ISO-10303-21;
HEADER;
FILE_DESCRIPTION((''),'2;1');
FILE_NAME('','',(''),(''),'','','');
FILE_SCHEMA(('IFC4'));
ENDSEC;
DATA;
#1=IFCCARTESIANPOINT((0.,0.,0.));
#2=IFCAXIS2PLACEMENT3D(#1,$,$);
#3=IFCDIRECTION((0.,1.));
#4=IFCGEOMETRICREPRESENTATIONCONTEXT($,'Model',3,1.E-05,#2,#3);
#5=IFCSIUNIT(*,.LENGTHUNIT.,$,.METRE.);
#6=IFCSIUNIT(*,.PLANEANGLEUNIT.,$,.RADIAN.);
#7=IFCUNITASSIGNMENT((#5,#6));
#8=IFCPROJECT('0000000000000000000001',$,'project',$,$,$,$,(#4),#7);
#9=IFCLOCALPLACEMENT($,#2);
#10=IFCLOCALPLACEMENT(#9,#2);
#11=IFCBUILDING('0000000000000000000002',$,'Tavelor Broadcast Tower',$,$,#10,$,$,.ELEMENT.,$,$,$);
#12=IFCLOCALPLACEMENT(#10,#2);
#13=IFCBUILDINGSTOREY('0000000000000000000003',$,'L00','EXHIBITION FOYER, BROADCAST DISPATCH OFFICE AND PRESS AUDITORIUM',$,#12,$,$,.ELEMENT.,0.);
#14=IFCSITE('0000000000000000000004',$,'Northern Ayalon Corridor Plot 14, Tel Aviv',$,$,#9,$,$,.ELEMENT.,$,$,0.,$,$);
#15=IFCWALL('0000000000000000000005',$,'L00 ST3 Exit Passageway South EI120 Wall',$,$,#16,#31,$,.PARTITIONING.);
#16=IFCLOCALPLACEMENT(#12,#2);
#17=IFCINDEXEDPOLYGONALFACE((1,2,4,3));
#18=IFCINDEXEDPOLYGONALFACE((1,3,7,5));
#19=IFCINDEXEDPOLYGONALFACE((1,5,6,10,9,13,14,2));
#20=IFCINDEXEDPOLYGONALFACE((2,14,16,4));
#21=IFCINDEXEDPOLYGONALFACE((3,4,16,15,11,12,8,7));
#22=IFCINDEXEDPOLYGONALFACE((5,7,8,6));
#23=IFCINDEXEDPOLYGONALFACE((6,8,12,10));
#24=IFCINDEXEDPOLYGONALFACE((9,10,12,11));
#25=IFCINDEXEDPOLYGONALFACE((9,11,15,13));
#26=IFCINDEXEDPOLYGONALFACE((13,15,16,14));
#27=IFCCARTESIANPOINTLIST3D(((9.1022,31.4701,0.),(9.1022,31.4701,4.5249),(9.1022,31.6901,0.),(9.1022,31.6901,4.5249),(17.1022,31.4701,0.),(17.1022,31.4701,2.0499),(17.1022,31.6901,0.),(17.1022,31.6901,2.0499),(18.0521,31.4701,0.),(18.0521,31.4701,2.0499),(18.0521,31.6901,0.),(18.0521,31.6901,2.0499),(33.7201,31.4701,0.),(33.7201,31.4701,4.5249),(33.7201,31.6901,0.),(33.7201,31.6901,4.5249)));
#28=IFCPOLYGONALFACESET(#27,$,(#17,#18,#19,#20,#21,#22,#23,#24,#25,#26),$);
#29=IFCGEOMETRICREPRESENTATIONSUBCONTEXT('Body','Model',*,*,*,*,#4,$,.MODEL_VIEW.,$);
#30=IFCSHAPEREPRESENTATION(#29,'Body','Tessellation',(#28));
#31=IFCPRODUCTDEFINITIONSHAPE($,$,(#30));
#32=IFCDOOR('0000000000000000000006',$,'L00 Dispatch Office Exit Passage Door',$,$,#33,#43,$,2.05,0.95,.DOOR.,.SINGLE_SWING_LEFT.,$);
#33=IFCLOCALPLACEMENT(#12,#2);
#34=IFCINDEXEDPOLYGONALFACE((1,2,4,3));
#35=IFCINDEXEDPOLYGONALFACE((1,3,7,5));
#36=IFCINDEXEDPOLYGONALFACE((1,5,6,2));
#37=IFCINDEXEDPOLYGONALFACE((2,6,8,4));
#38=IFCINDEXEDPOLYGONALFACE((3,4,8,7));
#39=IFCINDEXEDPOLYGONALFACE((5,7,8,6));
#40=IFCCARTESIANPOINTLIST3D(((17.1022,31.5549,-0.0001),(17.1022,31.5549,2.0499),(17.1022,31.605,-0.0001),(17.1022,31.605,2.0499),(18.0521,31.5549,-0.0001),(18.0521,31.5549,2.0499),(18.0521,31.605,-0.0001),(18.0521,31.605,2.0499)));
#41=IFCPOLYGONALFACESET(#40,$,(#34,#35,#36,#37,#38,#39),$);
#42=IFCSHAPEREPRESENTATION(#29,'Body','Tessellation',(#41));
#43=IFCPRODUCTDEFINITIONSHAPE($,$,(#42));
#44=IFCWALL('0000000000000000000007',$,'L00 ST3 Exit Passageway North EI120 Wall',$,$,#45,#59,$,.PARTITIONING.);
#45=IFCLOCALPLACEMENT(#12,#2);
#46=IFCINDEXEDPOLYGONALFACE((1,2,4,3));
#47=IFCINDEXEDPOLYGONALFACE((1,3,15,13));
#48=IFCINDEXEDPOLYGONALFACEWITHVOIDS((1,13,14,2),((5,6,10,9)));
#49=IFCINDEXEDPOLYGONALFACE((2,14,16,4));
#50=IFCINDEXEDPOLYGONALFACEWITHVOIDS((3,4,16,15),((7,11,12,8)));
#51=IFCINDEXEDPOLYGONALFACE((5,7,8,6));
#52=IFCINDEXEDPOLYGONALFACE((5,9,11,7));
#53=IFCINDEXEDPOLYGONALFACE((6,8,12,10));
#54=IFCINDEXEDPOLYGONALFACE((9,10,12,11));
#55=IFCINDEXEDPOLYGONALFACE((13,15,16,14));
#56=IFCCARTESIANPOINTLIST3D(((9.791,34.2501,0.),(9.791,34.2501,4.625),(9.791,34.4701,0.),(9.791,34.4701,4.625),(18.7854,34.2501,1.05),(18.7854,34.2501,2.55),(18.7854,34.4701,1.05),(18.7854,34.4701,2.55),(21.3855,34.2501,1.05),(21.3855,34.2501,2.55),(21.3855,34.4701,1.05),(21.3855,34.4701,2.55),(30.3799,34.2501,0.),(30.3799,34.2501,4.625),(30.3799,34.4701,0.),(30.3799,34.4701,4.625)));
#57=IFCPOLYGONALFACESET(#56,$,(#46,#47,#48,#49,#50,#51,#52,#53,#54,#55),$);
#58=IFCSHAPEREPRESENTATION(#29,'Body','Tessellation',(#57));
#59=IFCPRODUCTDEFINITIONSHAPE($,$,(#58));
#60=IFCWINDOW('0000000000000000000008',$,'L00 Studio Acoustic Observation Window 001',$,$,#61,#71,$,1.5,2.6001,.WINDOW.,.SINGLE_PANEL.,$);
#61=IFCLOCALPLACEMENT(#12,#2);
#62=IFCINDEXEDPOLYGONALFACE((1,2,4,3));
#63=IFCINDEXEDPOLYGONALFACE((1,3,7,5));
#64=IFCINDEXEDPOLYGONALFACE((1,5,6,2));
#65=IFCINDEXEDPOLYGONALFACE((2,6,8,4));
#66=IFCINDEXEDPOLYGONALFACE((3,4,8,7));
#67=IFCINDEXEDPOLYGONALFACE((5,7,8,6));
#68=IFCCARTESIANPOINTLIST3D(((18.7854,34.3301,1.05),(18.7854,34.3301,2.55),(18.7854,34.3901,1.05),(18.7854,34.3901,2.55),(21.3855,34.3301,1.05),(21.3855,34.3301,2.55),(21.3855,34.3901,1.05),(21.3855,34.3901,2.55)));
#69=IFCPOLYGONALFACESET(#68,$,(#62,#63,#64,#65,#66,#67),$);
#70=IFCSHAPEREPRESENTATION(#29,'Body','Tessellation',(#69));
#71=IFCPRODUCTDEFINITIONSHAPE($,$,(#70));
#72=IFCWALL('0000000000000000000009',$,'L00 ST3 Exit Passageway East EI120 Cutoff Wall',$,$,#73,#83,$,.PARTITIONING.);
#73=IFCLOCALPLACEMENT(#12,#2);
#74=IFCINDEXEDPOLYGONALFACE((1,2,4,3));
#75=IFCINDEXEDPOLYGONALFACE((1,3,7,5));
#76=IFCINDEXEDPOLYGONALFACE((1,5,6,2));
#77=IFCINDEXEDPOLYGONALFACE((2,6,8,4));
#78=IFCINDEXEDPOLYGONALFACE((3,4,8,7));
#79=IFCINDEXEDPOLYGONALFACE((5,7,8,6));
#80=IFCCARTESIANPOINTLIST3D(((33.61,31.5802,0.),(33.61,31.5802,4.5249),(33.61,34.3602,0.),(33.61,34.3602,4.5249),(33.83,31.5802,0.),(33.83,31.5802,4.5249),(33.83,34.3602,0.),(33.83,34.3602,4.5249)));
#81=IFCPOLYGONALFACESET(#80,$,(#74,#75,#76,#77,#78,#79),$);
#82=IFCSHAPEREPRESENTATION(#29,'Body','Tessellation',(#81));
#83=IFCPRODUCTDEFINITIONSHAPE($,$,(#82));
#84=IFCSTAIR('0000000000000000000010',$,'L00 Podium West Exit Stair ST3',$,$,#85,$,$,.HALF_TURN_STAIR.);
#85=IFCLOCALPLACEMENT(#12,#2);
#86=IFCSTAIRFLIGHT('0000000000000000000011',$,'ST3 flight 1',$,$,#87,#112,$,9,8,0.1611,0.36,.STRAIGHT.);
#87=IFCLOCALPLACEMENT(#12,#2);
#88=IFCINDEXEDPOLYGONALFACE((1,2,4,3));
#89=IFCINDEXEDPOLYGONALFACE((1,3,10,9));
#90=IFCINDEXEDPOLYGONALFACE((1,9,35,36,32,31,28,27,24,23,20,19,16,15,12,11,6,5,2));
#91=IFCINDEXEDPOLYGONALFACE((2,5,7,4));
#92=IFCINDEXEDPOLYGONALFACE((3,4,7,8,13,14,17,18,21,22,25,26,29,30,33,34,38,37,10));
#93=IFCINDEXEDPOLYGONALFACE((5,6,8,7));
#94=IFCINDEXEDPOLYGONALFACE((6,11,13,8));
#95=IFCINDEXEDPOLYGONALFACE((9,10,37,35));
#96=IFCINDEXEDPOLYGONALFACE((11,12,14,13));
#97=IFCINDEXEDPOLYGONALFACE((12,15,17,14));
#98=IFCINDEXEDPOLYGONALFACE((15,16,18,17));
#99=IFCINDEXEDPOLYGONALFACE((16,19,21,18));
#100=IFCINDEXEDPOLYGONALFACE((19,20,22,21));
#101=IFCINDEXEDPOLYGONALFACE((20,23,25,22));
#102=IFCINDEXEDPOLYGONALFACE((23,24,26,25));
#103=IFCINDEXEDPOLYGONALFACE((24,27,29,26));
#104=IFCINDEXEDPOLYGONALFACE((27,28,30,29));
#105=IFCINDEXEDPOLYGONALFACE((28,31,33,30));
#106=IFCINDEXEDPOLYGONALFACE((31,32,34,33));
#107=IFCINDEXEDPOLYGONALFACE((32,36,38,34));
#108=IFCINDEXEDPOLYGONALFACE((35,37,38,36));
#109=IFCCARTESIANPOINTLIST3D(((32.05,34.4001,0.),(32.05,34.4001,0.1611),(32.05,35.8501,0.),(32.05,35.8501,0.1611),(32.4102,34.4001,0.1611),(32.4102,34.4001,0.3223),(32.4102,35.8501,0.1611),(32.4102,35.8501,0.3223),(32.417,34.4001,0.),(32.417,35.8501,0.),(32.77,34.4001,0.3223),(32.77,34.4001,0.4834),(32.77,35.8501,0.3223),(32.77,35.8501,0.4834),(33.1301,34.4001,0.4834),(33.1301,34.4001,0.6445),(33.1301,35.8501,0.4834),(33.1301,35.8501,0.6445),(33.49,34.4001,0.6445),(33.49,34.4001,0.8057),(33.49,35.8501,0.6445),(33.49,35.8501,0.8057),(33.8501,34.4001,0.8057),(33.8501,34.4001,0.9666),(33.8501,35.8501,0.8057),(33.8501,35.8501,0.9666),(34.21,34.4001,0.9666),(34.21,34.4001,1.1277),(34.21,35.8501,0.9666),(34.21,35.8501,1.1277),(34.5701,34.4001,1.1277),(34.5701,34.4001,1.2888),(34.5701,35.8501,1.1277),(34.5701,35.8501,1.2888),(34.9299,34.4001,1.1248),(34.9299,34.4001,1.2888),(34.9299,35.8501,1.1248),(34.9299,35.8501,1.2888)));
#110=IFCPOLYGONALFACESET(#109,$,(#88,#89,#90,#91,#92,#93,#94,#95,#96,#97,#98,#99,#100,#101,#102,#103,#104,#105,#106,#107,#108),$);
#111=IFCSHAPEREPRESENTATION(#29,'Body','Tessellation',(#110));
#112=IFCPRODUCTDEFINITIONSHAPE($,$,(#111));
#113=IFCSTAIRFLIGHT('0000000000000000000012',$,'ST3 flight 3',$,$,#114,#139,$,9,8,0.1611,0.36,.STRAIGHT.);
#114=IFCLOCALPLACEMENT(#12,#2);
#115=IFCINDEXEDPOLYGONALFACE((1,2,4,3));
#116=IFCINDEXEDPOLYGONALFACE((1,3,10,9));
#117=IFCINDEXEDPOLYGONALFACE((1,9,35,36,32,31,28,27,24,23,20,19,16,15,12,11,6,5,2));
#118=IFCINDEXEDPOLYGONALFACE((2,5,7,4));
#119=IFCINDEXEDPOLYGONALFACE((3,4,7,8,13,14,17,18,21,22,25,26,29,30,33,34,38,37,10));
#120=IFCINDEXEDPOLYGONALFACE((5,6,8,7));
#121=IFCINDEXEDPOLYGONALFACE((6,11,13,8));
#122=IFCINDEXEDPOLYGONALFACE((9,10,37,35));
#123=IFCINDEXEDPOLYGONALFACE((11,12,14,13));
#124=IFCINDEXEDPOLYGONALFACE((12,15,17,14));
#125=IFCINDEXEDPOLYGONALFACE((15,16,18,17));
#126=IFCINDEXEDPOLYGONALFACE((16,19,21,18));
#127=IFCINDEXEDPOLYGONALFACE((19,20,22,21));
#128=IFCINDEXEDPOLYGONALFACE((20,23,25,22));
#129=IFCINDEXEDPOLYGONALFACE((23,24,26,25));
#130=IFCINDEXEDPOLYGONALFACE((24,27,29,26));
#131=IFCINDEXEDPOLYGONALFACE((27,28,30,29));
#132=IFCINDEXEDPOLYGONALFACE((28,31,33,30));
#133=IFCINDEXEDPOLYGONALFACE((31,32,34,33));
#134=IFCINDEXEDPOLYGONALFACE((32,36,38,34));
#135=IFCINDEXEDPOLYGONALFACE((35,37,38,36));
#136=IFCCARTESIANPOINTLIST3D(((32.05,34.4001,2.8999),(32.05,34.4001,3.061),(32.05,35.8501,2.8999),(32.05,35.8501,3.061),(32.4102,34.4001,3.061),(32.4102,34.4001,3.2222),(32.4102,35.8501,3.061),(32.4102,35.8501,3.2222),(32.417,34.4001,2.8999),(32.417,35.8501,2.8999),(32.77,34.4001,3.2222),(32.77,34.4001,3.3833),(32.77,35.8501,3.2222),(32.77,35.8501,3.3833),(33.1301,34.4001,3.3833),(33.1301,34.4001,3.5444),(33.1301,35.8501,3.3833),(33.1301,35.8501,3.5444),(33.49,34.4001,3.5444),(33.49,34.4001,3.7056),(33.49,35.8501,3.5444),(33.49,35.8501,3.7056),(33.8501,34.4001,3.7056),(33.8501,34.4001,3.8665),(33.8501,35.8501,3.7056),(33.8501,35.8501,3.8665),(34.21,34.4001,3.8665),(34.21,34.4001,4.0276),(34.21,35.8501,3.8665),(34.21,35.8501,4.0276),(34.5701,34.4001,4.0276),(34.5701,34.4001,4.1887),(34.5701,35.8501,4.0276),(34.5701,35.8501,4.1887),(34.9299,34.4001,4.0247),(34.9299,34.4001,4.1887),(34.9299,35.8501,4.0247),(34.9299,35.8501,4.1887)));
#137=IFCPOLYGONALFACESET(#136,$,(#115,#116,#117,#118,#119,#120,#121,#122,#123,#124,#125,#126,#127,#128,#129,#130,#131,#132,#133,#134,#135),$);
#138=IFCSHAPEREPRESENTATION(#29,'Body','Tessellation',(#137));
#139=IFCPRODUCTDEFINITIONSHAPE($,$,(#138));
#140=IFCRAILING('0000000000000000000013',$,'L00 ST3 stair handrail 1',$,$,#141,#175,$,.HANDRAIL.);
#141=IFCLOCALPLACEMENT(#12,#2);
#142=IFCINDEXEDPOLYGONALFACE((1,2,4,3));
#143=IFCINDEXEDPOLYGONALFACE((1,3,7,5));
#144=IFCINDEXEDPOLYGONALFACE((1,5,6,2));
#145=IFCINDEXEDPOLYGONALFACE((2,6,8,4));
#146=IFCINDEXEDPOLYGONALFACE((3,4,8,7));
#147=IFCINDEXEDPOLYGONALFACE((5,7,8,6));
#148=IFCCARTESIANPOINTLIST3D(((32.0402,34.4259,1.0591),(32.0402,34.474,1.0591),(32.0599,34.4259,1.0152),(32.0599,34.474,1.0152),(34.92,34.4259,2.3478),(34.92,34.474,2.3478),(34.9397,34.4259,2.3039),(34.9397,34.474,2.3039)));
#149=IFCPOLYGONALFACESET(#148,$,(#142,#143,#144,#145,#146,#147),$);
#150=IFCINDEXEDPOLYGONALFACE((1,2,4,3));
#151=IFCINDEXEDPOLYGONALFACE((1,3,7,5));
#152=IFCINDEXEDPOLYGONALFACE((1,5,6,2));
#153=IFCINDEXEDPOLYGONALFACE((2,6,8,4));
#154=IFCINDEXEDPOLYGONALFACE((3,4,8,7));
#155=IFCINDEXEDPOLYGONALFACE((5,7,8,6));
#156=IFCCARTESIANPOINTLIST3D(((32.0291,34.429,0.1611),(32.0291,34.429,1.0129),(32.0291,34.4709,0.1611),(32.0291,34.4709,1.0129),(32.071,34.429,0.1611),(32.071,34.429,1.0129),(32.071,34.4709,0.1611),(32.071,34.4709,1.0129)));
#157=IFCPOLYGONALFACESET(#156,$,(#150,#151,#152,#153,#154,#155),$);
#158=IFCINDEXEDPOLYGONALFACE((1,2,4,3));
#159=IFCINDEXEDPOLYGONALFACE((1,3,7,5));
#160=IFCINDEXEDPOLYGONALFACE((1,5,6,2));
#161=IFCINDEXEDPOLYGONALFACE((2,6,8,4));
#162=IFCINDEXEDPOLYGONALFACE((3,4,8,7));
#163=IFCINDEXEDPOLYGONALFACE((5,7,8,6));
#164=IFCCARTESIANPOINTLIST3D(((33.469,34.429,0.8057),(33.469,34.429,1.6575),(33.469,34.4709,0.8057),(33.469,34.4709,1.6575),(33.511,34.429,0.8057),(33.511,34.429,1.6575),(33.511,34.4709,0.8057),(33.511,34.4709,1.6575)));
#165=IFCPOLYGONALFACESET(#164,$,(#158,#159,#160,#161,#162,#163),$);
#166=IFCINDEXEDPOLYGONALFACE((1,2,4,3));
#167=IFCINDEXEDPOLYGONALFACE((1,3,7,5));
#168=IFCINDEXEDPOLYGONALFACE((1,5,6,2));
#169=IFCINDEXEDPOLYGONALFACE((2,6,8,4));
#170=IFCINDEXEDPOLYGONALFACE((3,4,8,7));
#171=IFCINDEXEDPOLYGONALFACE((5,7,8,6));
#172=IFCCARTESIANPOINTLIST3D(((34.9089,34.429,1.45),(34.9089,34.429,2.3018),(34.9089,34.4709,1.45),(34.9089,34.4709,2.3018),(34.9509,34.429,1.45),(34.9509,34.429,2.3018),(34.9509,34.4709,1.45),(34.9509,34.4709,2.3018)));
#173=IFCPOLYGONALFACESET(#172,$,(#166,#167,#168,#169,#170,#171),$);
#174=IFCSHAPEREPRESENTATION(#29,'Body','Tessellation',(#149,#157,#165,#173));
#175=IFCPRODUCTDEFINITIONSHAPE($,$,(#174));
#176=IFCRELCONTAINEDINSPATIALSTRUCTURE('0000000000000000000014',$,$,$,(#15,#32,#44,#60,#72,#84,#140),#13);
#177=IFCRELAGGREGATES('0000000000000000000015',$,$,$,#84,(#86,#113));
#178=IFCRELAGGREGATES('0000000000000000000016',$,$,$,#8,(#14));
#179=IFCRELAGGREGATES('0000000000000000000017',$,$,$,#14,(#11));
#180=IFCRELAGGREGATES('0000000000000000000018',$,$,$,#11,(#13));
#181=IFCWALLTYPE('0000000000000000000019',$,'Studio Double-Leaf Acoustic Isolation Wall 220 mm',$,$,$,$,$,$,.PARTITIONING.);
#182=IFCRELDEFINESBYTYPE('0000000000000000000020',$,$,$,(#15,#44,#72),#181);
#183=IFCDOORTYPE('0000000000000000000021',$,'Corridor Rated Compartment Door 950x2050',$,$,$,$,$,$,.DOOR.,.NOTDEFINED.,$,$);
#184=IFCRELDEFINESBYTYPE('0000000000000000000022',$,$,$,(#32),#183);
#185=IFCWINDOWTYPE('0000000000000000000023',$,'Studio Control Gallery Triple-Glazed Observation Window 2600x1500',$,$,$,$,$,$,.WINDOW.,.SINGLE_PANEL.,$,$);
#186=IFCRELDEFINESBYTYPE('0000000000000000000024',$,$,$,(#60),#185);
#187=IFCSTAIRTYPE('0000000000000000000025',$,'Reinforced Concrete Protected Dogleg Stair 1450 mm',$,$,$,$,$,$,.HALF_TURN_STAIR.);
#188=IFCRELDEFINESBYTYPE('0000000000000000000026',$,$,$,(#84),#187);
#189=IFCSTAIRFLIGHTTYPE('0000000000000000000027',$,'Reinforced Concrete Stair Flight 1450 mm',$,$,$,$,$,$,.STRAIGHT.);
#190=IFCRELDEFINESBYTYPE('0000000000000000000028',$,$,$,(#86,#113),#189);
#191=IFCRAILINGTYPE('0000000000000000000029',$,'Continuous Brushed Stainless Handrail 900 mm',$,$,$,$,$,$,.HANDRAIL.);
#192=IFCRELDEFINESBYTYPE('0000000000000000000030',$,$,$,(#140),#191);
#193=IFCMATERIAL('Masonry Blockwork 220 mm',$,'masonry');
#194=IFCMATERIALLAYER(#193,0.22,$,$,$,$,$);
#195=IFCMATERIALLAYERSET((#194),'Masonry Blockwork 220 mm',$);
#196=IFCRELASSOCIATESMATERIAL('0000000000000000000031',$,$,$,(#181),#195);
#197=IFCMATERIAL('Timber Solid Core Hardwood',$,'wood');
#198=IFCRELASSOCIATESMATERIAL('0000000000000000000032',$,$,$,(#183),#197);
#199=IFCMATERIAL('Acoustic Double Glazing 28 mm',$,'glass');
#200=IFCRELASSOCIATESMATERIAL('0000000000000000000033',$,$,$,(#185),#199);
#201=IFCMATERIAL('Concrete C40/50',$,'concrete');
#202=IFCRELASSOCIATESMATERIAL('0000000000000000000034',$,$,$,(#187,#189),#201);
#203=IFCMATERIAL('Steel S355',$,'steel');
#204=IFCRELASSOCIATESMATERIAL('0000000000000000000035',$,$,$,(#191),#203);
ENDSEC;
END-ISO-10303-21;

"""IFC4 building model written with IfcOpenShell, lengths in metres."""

from ifc_helpers import new_model, si_unit, direction, frame, frame_2d, origin, origin_2d, place, context, subcontext, project, spatial, polyline, rectangle, outline, extrude, material, layer, layer_set, type_object, element, fill, aggregate, save


model = new_model("IFC4")

# Units and contexts
model_context = context("Model", 3, precision=1e-05, world=origin(), true_north=direction((0.0, 1.0)))
body_context = subcontext(model_context, "Body", "Model", "MODEL_VIEW")
ifc_project = project(units=[si_unit("LENGTHUNIT", "METRE"), si_unit("PLANEANGLEUNIT", "RADIAN")], contexts=[model_context])

# Site, building, storey
site_placement = place(None, origin())
site = spatial("IfcSite", under=ifc_project, at=site_placement, Name="Northern Ayalon Corridor Plot 14, Tel Aviv", CompositionType="ELEMENT", RefElevation=0.0)
building_placement = place(site_placement, origin())
building = spatial("IfcBuilding", under=site, at=building_placement, Name="Tavelor Broadcast Tower", CompositionType="ELEMENT")
storey_placement = place(building_placement, origin())
storey = spatial("IfcBuildingStorey", under=building, at=storey_placement, Name="L00", Description="EXHIBITION FOYER, BROADCAST DISPATCH OFFICE AND PRESS AUDITORIUM", CompositionType="ELEMENT", Elevation=0.0)

# Shared definitions
ifc_material_1 = material(Name="Steel S355", Category="steel")

# Shared definitions
ifc_material_2 = material(Name="Concrete C40/50", Category="concrete")

# Wall, opening, door
ifc_material_3 = material(Name="Masonry Blockwork 220 mm", Category="masonry")
ifc_layer_1 = layer(ifc_material_3, 0.22)
ifc_layer_set_1 = layer_set([ifc_layer_1], Name="Masonry Blockwork 220 mm")
wall_type_1 = type_object("IfcWallType", Name="Studio Double-Leaf Acoustic Isolation Wall 220 mm", PredefinedType="PARTITIONING", material=ifc_layer_set_1)
wall_1_placement = place(storey_placement, frame((9.1021, 31.5801, 0.0), z_axis=(0.0, 0.0, 1.0), x_axis=(1.0, 0.0, 0.0)))
wall_1 = element("IfcWall", 1, at=wall_1_placement, inside=storey, type_object=wall_type_1, Name="L00 ST3 Exit Passageway South EI120 Wall", PredefinedType="PARTITIONING", context=body_context, shape_type="SweptSolid", body=[
    extrude(rectangle(XDim=24.6179, YDim=0.22, at=frame_2d((12.3091, 0.0))), origin(), (0.0, 0.0, 1.0), 4.5249),
])
opening_1_placement = place(wall_1_placement, frame((8.0, 0.0, 0.0)))
opening_1 = element("IfcOpeningElement", 2, at=opening_1_placement, cuts=wall_1, PredefinedType="OPENING", context=body_context, shape_type="SweptSolid", body=[
    extrude(rectangle(XDim=0.95, YDim=2.05, at=frame_2d((0.4751, 1.0249))), frame((0.0, 0.1201, 0.0), z_axis=(0.0, -1.0, 0.0), x_axis=(1.0, 0.0, 0.0)), (0.0, 0.0, 1.0), 0.24),
])
ifc_material_4 = material(Name="Timber Solid Core Hardwood", Category="wood")
door_type_1 = type_object("IfcDoorType", Name="Corridor Rated Compartment Door 950x2050", OperationType="NOTDEFINED", PredefinedType="DOOR", material=ifc_material_4)
door_1_placement = place(opening_1_placement, origin())
door_1 = element("IfcDoor", 3, at=door_1_placement, inside=storey, type_object=door_type_1, Name="L00 Dispatch Office Exit Passage Door", OperationType="SINGLE_SWING_LEFT", OverallHeight=2.05, OverallWidth=0.95, PredefinedType="DOOR", context=body_context, shape_type="SweptSolid", body=[
    extrude(rectangle(XDim=0.95, YDim=2.05, at=frame_2d((0.4751, 1.0249))), frame((0.0, 0.0249, 0.0), z_axis=(0.0, -1.0, 0.0), x_axis=(1.0, 0.0, 0.0)), (0.0, 0.0, 1.0), 0.05),
])
fill(opening_1, door_1)

# Wall, opening, window
wall_2_placement = place(storey_placement, frame((9.791, 34.3601, 0.0), z_axis=(0.0, 0.0, 1.0), x_axis=(1.0, 0.0, 0.0)))
wall_2 = element("IfcWall", 4, at=wall_2_placement, inside=storey, type_object=wall_type_1, Name="L00 ST3 Exit Passageway North EI120 Wall", PredefinedType="PARTITIONING", context=body_context, shape_type="SweptSolid", body=[
    extrude(rectangle(XDim=20.5889, YDim=0.22, at=frame_2d((10.2944, 0.0))), origin(), (0.0, 0.0, 1.0), 4.625),
])
opening_2_placement = place(wall_2_placement, frame((8.9944, 0.0, 1.05)))
opening_2 = element("IfcOpeningElement", 5, at=opening_2_placement, cuts=wall_2, PredefinedType="OPENING", context=body_context, shape_type="SweptSolid", body=[
    extrude(rectangle(XDim=2.6001, YDim=1.5, at=frame_2d((1.3, 0.75))), frame((0.0, 0.1201, 0.0), z_axis=(0.0, -1.0, 0.0), x_axis=(1.0, 0.0, 0.0)), (0.0, 0.0, 1.0), 0.24),
])
ifc_material_5 = material(Name="Acoustic Double Glazing 28 mm", Category="glass")
window_type = type_object("IfcWindowType", Name="Studio Control Gallery Triple-Glazed Observation Window 2600x1500", PartitioningType="SINGLE_PANEL", PredefinedType="WINDOW", material=ifc_material_5)
window_placement = place(opening_2_placement, origin())
window = element("IfcWindow", 6, at=window_placement, inside=storey, type_object=window_type, Name="L00 Studio Acoustic Observation Window 001", OverallHeight=1.5, OverallWidth=2.6001, PartitioningType="SINGLE_PANEL", PredefinedType="WINDOW", context=body_context, shape_type="SweptSolid", body=[
    extrude(rectangle(XDim=2.6001, YDim=1.5, at=frame_2d((1.3, 0.75))), frame((0.0, 0.03, 0.0), z_axis=(0.0, -1.0, 0.0), x_axis=(1.0, 0.0, 0.0)), (0.0, 0.0, 1.0), 0.0601),
])
fill(opening_2, window)

# Wall
wall_3_placement = place(storey_placement, frame((33.72, 31.5801, 0.0), z_axis=(0.0, 0.0, 1.0), x_axis=(0.0, 1.0, 0.0)))
element("IfcWall", 7, at=wall_3_placement, inside=storey, type_object=wall_type_1, Name="L00 ST3 Exit Passageway East EI120 Cutoff Wall", PredefinedType="PARTITIONING", context=body_context, shape_type="SweptSolid", body=[
    extrude(rectangle(XDim=2.78, YDim=0.22, at=frame_2d((1.3901, 0.0))), origin(), (0.0, 0.0, 1.0), 4.5249),
])

# Stair, stair flights
stair_type = type_object("IfcStairType", Name="Reinforced Concrete Protected Dogleg Stair 1450 mm", PredefinedType="HALF_TURN_STAIR", material=ifc_material_2)
stair_placement = place(storey_placement, origin())
stair = element("IfcStair", 8, at=stair_placement, inside=storey, type_object=stair_type, Name="L00 Podium West Exit Stair ST3", PredefinedType="HALF_TURN_STAIR")
stair_flight_type = type_object("IfcStairFlightType", Name="Reinforced Concrete Stair Flight 1450 mm", PredefinedType="STRAIGHT", material=ifc_material_2)
stair_flight_1_placement = place(storey_placement, frame((32.05, 35.125, 0.0), z_axis=(0.0, 0.0, 1.0), x_axis=(1.0, 0.0, 0.0)))
stair_flight_1 = element("IfcStairFlight", 9, at=stair_flight_1_placement, type_object=stair_flight_type, Name="ST3 flight 1", NumberOfRisers=9, NumberOfTreads=8, PredefinedType="STRAIGHT", RiserHeight=0.1611, TreadLength=0.36, context=body_context, shape_type="SweptSolid", body=[
    extrude(outline(polyline([(0.0, 0.0), (0.0, 0.1611), (0.3601, 0.1611), (0.3601, 0.3223), (0.72, 0.3223), (0.72, 0.4834), (1.0801, 0.4834), (1.0801, 0.6445), (1.4399, 0.6445), (1.4399, 0.8057), (1.8, 0.8057), (1.8, 0.9666), (2.1599, 0.9666), (2.1599, 1.1277), (2.52, 1.1277), (2.52, 1.2888), (2.8799, 1.2888), (2.8799, 1.45), (2.8799, 1.1248), (0.3669, 0.0), (0.0, 0.0)])), frame((0.0, 0.7251, 0.0), z_axis=(0.0, -1.0, 0.0), x_axis=(1.0, 0.0, 0.0)), (0.0, 0.0, 1.0), 1.45),
])
stair_flight_2_placement = place(storey_placement, frame((32.05, 35.125, 2.8999), z_axis=(0.0, 0.0, 1.0), x_axis=(1.0, 0.0, 0.0)))
stair_flight_2 = element("IfcStairFlight", 10, at=stair_flight_2_placement, type_object=stair_flight_type, Name="ST3 flight 3", NumberOfRisers=9, NumberOfTreads=8, PredefinedType="STRAIGHT", RiserHeight=0.1611, TreadLength=0.36, context=body_context, shape_type="SweptSolid", body=[
    extrude(outline(polyline([(0.0, 0.0), (0.0, 0.1611), (0.3601, 0.1611), (0.3601, 0.3223), (0.72, 0.3223), (0.72, 0.4834), (1.0801, 0.4834), (1.0801, 0.6445), (1.4399, 0.6445), (1.4399, 0.8057), (1.8, 0.8057), (1.8, 0.9666), (2.1599, 0.9666), (2.1599, 1.1277), (2.52, 1.1277), (2.52, 1.2888), (2.8799, 1.2888), (2.8799, 1.45), (2.8799, 1.1248), (0.3669, 0.0), (0.0, 0.0)])), frame((0.0, 0.7251, 0.0), z_axis=(0.0, -1.0, 0.0), x_axis=(1.0, 0.0, 0.0)), (0.0, 0.0, 1.0), 1.45),
])
aggregate(stair, [stair_flight_1, stair_flight_2])

# Railing
railing_type_1 = type_object("IfcRailingType", Name="Continuous Brushed Stainless Handrail 900 mm", PredefinedType="HANDRAIL", material=ifc_material_1)
railing_1_placement = place(storey_placement, frame((32.05, 34.45, 0.1611)))
element("IfcRailing", 11, at=railing_1_placement, inside=storey, type_object=railing_type_1, Name="L00 ST3 stair handrail 1", PredefinedType="HANDRAIL", context=body_context, shape_type="SweptSolid", body=[
    extrude(rectangle(XDim=0.0481, YDim=0.0481, at=origin_2d()), frame((0.0, 0.0, 0.876), z_axis=(0.912765, 0.0, 0.408485), x_axis=(0.0, 1.0, 0.0)), (0.0, 0.0, 1.0), 3.155),
    extrude(rectangle(XDim=0.042, YDim=0.042, at=origin_2d()), origin(), (0.0, 0.0, 1.0), 0.8518),
    extrude(rectangle(XDim=0.042, YDim=0.042, at=origin_2d()), frame((1.4399, 0.0, 0.6445)), (0.0, 0.0, 1.0), 0.8518),
    extrude(rectangle(XDim=0.042, YDim=0.042, at=origin_2d()), frame((2.8799, 0.0, 1.2888)), (0.0, 0.0, 1.0), 0.8518),
])

save(model, "model.ifc")
